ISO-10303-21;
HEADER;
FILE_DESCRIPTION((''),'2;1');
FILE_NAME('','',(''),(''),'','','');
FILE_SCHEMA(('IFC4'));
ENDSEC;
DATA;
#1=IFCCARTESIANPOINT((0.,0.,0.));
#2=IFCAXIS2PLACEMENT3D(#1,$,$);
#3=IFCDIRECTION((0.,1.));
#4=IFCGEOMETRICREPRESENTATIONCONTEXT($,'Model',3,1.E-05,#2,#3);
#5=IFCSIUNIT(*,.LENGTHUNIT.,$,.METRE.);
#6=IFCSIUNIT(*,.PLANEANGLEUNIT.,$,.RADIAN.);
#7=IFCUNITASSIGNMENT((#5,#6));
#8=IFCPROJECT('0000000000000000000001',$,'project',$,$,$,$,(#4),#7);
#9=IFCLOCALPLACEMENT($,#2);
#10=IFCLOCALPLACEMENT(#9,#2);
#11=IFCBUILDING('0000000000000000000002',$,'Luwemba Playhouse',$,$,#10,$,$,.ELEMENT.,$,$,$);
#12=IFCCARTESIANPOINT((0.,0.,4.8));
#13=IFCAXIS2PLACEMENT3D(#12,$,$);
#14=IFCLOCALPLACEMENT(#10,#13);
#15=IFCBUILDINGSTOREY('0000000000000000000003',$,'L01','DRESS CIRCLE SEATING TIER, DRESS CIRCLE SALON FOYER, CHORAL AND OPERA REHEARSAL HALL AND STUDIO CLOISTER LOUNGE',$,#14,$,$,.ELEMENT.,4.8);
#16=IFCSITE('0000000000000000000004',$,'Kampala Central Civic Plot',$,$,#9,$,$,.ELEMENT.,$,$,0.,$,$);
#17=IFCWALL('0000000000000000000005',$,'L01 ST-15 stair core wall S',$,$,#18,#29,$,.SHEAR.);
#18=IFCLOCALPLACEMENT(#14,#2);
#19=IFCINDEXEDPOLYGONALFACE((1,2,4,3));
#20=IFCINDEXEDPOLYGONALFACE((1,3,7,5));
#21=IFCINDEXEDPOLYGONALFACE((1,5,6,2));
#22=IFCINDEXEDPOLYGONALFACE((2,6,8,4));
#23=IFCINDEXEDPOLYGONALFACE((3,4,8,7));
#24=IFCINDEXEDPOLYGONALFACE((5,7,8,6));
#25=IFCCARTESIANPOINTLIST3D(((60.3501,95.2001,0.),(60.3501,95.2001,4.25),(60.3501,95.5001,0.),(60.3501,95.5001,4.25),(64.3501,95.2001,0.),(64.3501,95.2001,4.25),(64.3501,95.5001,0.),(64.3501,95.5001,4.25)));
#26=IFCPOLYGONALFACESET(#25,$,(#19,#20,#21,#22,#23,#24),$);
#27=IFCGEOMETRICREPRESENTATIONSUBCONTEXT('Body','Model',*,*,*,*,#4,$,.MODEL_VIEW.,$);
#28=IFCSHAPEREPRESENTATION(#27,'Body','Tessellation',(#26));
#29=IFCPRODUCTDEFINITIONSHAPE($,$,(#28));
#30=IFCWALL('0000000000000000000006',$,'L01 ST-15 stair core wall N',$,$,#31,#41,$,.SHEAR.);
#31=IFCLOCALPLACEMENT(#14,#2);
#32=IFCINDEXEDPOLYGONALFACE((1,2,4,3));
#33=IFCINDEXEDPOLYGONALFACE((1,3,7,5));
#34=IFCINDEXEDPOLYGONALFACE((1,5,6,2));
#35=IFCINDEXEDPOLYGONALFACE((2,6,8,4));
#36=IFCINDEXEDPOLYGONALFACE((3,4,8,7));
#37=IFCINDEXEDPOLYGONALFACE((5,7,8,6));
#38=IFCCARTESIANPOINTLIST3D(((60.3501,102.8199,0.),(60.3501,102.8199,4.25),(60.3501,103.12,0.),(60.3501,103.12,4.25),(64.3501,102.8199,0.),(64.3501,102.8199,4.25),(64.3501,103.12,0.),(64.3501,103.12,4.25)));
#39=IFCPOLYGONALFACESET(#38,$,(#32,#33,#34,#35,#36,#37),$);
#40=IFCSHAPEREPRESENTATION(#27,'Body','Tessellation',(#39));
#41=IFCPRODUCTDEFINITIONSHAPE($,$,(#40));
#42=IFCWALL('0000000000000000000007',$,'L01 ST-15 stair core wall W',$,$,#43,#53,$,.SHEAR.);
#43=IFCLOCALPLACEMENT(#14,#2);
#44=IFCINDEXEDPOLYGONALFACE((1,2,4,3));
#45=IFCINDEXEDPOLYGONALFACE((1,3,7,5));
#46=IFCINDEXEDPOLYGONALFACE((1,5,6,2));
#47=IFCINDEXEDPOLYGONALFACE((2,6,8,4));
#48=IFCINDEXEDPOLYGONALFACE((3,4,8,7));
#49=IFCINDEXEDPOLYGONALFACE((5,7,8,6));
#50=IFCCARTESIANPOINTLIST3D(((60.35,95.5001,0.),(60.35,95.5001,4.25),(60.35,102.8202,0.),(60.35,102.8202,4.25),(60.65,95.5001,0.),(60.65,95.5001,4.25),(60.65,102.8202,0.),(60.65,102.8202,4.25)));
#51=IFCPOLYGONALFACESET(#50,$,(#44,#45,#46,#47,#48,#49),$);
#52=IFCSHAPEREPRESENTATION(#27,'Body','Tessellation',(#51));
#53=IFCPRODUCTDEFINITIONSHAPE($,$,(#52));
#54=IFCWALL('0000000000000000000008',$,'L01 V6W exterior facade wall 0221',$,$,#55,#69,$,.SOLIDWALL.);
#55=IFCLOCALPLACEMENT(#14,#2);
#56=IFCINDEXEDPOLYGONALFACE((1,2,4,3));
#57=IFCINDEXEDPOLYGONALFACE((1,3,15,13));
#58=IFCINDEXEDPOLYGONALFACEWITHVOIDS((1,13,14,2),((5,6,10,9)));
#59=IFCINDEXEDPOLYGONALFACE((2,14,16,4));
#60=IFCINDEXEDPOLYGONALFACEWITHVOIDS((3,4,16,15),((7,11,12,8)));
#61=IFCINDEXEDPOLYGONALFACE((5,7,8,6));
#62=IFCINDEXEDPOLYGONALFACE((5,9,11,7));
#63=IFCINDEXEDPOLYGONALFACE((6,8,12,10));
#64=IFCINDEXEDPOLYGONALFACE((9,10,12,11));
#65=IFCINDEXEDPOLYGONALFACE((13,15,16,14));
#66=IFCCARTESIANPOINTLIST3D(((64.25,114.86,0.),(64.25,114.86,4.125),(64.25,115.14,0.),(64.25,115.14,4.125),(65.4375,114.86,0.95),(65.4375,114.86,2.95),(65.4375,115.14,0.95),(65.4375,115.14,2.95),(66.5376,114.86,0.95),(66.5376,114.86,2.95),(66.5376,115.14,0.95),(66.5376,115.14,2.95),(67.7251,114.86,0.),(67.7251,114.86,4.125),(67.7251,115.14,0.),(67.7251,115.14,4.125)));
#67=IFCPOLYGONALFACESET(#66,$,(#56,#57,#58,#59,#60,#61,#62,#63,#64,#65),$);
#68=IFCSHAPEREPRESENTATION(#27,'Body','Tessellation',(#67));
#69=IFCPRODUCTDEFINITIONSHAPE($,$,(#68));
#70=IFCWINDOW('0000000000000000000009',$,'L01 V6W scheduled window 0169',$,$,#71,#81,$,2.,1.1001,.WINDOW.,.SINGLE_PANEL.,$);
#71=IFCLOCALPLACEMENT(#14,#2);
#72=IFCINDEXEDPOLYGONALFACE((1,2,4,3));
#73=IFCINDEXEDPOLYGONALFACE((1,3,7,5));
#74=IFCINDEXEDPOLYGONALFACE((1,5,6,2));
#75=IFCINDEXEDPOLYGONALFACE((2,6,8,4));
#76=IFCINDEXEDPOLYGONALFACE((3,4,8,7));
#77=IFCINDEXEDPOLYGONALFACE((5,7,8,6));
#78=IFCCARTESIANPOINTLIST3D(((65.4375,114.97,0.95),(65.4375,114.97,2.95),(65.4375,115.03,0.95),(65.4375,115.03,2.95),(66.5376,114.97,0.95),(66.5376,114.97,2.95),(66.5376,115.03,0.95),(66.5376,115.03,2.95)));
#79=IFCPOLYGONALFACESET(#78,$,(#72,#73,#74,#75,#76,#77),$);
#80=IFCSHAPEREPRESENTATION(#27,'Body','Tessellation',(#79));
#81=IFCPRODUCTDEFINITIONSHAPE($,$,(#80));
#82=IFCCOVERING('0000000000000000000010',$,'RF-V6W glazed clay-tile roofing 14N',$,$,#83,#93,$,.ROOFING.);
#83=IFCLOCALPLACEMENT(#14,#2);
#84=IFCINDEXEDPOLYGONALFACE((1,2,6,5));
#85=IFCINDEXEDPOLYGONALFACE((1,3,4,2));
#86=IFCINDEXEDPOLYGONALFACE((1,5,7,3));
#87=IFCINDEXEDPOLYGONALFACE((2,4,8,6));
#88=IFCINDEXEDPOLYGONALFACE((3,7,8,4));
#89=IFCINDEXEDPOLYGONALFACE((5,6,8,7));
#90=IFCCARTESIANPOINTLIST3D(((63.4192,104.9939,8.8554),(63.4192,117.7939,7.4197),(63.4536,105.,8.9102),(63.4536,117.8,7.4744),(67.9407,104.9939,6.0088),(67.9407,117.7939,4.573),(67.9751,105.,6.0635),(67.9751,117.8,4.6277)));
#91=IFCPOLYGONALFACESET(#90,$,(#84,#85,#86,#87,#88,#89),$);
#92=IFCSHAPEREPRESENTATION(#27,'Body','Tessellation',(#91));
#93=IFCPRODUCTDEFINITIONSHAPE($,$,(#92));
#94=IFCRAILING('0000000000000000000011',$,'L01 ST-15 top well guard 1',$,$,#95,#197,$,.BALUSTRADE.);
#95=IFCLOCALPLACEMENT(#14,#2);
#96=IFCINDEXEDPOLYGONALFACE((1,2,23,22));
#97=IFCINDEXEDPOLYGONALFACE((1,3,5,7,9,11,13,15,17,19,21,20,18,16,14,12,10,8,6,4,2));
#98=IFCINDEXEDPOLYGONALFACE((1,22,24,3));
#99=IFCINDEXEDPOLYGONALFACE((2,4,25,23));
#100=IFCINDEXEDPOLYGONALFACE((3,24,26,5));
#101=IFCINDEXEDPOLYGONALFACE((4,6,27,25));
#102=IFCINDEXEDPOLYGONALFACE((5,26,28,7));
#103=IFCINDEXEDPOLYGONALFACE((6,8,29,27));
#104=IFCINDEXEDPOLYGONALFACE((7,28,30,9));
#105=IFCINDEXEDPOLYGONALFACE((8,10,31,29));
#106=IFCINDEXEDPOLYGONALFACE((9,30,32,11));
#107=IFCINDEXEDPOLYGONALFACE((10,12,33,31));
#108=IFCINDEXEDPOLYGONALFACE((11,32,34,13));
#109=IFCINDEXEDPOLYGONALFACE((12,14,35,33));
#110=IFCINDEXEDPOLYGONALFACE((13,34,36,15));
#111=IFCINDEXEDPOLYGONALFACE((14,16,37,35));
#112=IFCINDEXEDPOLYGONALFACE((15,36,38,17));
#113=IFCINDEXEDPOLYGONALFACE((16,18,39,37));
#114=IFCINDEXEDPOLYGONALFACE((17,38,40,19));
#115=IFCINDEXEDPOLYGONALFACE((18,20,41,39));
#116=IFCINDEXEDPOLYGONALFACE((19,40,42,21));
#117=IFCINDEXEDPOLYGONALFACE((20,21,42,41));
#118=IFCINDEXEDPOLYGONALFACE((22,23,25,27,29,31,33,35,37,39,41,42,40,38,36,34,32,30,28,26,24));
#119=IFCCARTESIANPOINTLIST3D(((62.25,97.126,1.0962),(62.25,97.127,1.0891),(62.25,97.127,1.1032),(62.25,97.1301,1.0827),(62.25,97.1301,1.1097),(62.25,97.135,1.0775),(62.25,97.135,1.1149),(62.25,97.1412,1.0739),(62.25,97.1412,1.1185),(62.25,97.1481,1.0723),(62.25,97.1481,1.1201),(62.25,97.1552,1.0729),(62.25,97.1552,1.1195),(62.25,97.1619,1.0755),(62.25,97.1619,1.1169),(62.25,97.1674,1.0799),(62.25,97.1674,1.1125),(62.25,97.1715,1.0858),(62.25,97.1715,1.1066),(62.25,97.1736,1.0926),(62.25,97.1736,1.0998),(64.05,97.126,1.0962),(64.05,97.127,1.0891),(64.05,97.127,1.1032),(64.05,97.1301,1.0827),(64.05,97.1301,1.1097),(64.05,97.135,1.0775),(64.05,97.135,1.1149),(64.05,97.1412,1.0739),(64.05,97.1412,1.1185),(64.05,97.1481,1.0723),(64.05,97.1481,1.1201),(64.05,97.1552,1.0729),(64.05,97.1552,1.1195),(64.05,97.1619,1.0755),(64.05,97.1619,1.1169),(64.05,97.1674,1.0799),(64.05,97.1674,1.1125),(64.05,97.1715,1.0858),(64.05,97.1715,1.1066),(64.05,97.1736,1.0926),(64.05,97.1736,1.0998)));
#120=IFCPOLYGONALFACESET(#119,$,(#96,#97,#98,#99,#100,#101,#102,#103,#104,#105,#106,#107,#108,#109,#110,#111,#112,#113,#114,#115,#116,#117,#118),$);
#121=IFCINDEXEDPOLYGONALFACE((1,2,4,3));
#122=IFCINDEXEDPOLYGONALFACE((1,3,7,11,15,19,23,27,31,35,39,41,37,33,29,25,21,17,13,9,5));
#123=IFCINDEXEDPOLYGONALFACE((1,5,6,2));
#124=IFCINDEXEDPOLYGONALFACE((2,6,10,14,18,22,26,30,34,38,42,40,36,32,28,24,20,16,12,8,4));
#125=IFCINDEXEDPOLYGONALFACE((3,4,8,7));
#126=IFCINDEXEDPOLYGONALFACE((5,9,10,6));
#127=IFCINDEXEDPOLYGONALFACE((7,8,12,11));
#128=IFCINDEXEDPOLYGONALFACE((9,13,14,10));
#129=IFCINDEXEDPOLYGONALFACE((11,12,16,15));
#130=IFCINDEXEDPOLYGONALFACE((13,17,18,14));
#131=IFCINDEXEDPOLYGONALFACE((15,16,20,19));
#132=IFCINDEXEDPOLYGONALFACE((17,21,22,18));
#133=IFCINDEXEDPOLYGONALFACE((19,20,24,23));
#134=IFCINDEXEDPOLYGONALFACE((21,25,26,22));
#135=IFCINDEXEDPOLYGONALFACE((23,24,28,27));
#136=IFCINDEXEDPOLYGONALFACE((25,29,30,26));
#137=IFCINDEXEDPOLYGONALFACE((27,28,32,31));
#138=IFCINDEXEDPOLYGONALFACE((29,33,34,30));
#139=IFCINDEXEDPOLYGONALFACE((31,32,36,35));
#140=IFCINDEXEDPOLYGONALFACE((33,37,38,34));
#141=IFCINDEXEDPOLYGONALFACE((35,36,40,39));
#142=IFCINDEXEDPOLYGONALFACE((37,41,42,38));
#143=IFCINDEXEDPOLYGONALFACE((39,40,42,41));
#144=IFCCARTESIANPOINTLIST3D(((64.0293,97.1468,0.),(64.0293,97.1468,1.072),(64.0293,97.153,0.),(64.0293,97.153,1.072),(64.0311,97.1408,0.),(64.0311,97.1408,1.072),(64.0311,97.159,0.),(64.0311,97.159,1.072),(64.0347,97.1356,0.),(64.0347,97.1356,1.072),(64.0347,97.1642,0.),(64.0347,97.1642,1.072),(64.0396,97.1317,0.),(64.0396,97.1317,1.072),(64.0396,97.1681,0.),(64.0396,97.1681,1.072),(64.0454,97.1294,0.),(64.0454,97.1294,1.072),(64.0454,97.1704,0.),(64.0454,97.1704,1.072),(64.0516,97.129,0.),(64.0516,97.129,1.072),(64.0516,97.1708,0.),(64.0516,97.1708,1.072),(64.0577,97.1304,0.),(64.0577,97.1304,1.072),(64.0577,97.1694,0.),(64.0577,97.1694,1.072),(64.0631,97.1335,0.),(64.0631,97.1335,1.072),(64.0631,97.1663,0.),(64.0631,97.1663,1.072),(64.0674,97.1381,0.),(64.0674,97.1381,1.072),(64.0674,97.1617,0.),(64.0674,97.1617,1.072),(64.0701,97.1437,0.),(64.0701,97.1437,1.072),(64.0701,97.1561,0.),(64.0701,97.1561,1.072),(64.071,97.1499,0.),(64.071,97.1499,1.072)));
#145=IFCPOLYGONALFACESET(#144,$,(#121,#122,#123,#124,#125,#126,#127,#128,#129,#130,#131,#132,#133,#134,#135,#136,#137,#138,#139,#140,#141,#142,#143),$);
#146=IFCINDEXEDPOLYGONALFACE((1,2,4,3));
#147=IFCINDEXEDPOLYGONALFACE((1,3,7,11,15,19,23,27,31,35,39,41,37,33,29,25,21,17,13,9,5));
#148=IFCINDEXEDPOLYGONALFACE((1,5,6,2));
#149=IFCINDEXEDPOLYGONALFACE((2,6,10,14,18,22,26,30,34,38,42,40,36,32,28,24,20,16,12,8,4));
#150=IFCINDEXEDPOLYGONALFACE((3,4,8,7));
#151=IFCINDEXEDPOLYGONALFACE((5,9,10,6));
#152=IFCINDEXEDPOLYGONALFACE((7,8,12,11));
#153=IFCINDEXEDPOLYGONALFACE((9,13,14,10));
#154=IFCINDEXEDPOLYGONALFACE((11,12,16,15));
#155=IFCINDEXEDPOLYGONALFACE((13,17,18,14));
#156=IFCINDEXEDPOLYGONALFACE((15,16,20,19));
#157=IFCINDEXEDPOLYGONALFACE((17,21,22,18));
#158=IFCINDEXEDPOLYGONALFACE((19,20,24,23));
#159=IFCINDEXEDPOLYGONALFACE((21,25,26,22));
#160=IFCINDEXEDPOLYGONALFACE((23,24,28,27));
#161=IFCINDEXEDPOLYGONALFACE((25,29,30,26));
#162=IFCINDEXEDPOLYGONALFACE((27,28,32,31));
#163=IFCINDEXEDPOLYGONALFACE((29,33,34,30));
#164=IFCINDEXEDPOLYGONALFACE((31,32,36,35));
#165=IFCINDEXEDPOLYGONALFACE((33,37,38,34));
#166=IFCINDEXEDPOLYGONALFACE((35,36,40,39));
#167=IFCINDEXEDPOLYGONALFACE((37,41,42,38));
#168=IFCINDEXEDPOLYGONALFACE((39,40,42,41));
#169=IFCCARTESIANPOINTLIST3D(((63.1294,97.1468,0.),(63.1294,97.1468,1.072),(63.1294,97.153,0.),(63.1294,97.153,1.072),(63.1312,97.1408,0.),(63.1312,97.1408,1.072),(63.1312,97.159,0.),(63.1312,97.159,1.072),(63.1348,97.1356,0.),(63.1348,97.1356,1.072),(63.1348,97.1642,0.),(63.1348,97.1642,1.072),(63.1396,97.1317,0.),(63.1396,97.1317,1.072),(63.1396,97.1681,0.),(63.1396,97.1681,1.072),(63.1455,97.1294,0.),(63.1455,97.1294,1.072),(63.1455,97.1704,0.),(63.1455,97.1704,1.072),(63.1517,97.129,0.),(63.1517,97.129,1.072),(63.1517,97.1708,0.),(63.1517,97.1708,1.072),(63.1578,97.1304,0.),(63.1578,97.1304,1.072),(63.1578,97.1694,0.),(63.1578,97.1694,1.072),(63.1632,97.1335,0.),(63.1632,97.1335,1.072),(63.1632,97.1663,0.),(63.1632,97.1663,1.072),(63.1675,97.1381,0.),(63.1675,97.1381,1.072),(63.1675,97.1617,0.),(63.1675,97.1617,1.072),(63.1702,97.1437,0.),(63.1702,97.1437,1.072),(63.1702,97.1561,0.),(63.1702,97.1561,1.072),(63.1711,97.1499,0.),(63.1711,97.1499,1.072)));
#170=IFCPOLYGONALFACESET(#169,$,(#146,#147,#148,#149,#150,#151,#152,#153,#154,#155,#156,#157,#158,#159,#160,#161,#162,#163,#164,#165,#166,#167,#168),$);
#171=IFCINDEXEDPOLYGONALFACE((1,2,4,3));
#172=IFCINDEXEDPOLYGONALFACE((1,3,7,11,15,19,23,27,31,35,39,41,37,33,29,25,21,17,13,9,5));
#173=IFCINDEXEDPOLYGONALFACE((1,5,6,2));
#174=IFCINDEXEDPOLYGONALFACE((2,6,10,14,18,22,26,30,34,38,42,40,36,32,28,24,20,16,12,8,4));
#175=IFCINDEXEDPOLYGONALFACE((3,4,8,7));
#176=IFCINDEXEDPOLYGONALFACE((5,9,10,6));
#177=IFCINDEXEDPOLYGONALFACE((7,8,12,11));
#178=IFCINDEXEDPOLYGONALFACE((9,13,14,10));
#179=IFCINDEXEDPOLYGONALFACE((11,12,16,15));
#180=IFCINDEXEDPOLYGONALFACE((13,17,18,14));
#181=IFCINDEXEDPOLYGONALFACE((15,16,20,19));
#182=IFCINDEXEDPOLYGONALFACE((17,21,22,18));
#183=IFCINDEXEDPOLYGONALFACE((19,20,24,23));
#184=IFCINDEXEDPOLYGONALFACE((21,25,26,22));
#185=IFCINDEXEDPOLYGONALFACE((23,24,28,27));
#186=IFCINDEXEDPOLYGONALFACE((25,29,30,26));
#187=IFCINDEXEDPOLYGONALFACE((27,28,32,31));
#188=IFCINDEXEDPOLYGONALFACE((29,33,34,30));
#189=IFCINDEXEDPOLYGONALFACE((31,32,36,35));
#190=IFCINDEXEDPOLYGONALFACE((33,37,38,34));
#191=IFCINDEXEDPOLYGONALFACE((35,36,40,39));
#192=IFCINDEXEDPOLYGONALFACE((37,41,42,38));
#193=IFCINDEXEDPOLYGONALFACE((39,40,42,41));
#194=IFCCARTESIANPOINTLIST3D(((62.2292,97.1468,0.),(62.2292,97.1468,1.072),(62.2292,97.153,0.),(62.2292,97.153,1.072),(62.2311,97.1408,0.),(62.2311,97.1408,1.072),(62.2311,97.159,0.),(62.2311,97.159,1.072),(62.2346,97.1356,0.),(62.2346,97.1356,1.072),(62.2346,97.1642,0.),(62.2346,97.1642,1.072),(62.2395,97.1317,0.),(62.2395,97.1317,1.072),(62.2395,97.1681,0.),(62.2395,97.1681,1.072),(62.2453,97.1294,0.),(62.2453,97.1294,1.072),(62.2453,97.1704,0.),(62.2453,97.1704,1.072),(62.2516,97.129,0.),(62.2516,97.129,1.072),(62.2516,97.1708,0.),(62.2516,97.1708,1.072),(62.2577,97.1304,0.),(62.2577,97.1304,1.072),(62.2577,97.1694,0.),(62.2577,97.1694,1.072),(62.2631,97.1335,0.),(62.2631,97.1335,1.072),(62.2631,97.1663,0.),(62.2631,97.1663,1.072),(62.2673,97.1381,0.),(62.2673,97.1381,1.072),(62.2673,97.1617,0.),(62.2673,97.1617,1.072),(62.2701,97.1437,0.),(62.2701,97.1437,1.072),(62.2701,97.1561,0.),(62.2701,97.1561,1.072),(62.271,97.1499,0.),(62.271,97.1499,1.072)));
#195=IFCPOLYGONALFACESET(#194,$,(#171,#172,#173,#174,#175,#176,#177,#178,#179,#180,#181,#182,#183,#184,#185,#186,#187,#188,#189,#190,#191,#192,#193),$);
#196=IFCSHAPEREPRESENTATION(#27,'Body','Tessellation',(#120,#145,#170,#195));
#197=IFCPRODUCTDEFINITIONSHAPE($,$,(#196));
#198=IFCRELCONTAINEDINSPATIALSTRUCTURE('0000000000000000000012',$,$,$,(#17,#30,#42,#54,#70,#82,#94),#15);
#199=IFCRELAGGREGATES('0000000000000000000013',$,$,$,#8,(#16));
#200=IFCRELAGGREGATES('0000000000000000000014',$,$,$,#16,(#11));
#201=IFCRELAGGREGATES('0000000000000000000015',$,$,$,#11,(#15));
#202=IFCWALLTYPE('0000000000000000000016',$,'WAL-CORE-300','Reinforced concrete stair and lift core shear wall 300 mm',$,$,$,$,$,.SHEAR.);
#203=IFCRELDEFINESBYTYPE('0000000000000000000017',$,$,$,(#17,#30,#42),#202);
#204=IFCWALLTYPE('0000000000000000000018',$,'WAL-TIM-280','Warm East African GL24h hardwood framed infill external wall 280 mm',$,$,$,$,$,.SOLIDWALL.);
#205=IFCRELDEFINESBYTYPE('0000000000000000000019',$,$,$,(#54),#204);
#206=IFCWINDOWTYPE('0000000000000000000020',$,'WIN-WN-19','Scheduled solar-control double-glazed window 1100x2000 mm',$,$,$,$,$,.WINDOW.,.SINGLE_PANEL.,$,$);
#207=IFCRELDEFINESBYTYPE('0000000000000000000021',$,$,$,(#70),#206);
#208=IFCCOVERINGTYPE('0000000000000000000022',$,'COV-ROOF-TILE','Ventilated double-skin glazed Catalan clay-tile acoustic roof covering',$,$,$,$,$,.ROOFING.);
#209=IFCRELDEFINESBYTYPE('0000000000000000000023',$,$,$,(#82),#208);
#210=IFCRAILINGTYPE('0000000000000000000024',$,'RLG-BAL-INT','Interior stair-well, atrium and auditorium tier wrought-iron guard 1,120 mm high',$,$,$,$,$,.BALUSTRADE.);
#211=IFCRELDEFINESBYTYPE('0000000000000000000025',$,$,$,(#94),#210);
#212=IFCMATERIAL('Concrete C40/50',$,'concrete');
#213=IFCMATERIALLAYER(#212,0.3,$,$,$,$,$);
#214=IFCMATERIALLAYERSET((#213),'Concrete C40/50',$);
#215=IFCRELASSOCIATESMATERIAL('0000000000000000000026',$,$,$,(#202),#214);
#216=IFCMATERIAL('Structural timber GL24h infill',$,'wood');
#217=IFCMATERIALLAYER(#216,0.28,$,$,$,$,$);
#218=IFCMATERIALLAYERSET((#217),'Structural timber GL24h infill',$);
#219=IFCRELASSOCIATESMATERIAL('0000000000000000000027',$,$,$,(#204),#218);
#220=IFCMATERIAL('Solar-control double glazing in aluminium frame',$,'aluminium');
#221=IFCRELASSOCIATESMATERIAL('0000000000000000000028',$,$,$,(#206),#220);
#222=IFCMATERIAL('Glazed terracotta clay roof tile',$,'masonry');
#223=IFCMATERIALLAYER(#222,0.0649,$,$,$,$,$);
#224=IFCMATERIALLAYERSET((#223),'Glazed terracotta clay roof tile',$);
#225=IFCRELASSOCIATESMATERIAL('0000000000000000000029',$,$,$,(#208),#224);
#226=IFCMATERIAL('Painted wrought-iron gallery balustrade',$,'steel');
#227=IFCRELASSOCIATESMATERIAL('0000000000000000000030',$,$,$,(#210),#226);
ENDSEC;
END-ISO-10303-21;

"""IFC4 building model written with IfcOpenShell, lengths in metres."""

from ifc_helpers import new_model, si_unit, direction, frame, frame_2d, origin, origin_2d, place, context, subcontext, project, spatial, polyline, rectangle, circle, outline, extrude, material, layer, layer_set, type_object, element, fill, save


model = new_model("IFC4")

# Units and contexts
model_context = context("Model", 3, precision=1e-05, world=origin(), true_north=direction((0.0, 1.0)))
body_context = subcontext(model_context, "Body", "Model", "MODEL_VIEW")
ifc_project = project(units=[si_unit("LENGTHUNIT", "METRE"), si_unit("PLANEANGLEUNIT", "RADIAN")], contexts=[model_context])

# Site, building, storey
site_placement = place(None, origin())
site = spatial("IfcSite", under=ifc_project, at=site_placement, Name="Kampala Central Civic Plot", CompositionType="ELEMENT", RefElevation=0.0)
building_placement = place(site_placement, origin())
building = spatial("IfcBuilding", under=site, at=building_placement, Name="Luwemba Playhouse", CompositionType="ELEMENT")
storey_placement = place(building_placement, frame((0.0, 0.0, 4.8)))
storey = spatial("IfcBuildingStorey", under=building, at=storey_placement, Name="L01", Description="DRESS CIRCLE SEATING TIER, DRESS CIRCLE SALON FOYER, CHORAL AND OPERA REHEARSAL HALL AND STUDIO CLOISTER LOUNGE", CompositionType="ELEMENT", Elevation=4.8)

# Shared definitions
ifc_material_1 = material(Name="Concrete C40/50", Category="concrete")

# Shared definitions
ifc_material_2 = material(Name="Solar-control double glazing in aluminium frame", Category="aluminium")

# Walls
ifc_layer_1 = layer(ifc_material_1, 0.3)
ifc_layer_set_1 = layer_set([ifc_layer_1], Name="Concrete C40/50")
wall_type_1 = type_object("IfcWallType", Name="WAL-CORE-300", Description="Reinforced concrete stair and lift core shear wall 300 mm", PredefinedType="SHEAR", material=ifc_layer_set_1)
for number, where, z_axis, x_axis, name in (
    (1, (60.3501, 95.3501, 0.0), (0.0, 0.0, 1.0), (1.0, 0.0, 0.0), "L01 ST-15 stair core wall S"),
    (2, (64.3501, 102.97, 0.0), (0.0, 0.0, 1.0), (-1.0, 0.0, 0.0), "L01 ST-15 stair core wall N"),
):
    element("IfcWall", number, at=place(storey_placement, frame(where, z_axis=z_axis, x_axis=x_axis)), inside=storey, type_object=wall_type_1, Name=name, PredefinedType="SHEAR", context=body_context, shape_type="SweptSolid", body=[
        extrude(rectangle(XDim=4.0, YDim=0.3, at=frame_2d((2.0, 0.0))), origin(), (0.0, 0.0, 1.0), 4.25),
    ])
wall_1_placement = place(storey_placement, frame((60.5, 95.5, 0.0), z_axis=(0.0, 0.0, 1.0), x_axis=(0.0, 1.0, 0.0)))
element("IfcWall", 3, at=wall_1_placement, inside=storey, type_object=wall_type_1, Name="L01 ST-15 stair core wall W", PredefinedType="SHEAR", context=body_context, shape_type="SweptSolid", body=[
    extrude(rectangle(XDim=7.3201, YDim=0.3, at=frame_2d((3.6602, 0.0))), origin(), (0.0, 0.0, 1.0), 4.25),
])

# Wall, opening, window
ifc_material_3 = material(Name="Structural timber GL24h infill", Category="wood")
ifc_layer_2 = layer(ifc_material_3, 0.28)
ifc_layer_set_2 = layer_set([ifc_layer_2], Name="Structural timber GL24h infill")
wall_type_2 = type_object("IfcWallType", Name="WAL-TIM-280", Description="Warm East African GL24h hardwood framed infill external wall 280 mm", PredefinedType="SOLIDWALL", material=ifc_layer_set_2)
wall_2_placement = place(storey_placement, frame((64.25, 115.0, 0.0), z_axis=(0.0, 0.0, 1.0), x_axis=(1.0, 0.0, 0.0)))
wall_2 = element("IfcWall", 4, at=wall_2_placement, inside=storey, type_object=wall_type_2, Name="L01 V6W exterior facade wall 0221", PredefinedType="SOLIDWALL", context=body_context, shape_type="SweptSolid", body=[
    extrude(rectangle(XDim=3.4751, YDim=0.28, at=frame_2d((1.7375, 0.0))), origin(), (0.0, 0.0, 1.0), 4.125),
])
opening_1_placement = place(wall_2_placement, frame((1.1875, 0.0, 0.95)))
opening_1 = element("IfcOpeningElement", 5, at=opening_1_placement, cuts=wall_2, PredefinedType="OPENING", context=body_context, shape_type="SweptSolid", body=[
    extrude(rectangle(XDim=1.1001, YDim=2.0, at=frame_2d((0.55, 1.0))), frame((0.0, 0.1499, 0.0), z_axis=(0.0, -1.0, 0.0), x_axis=(1.0, 0.0, 0.0)), (0.0, 0.0, 1.0), 0.3),
])
window_type_1 = type_object("IfcWindowType", Name="WIN-WN-19", Description="Scheduled solar-control double-glazed window 1100x2000 mm", PartitioningType="SINGLE_PANEL", PredefinedType="WINDOW", material=ifc_material_2)
window_1_placement = place(opening_1_placement, origin())
window_1 = element("IfcWindow", 6, at=window_1_placement, inside=storey, type_object=window_type_1, Name="L01 V6W scheduled window 0169", OverallHeight=2.0, OverallWidth=1.1001, PartitioningType="SINGLE_PANEL", PredefinedType="WINDOW", context=body_context, shape_type="SweptSolid", body=[
    extrude(rectangle(XDim=1.1001, YDim=2.0, at=frame_2d((0.55, 1.0))), frame((0.0, 0.03, 0.0), z_axis=(0.0, -1.0, 0.0), x_axis=(1.0, 0.0, 0.0)), (0.0, 0.0, 1.0), 0.0601),
])
fill(opening_1, window_1)

# Covering
ifc_material_4 = material(Name="Glazed terracotta clay roof tile", Category="masonry")
ifc_layer_3 = layer(ifc_material_4, 0.0649)
ifc_layer_set_3 = layer_set([ifc_layer_3], Name="Glazed terracotta clay roof tile")
covering_type = type_object("IfcCoveringType", Name="COV-ROOF-TILE", Description="Ventilated double-skin glazed Catalan clay-tile acoustic roof covering", PredefinedType="ROOFING", material=ifc_layer_set_3)
covering_placement = place(storey_placement, frame((63.4536, 105.0, 8.9102), z_axis=(0.530405, 0.094499, 0.842461), x_axis=(0.846248, 0.0, -0.532789)))
element("IfcCovering", 7, at=covering_placement, inside=storey, type_object=covering_type, Name="RF-V6W glazed clay-tile roofing 14N", PredefinedType="ROOFING", context=body_context, shape_type="SweptSolid", body=[
    extrude(outline(polyline([(0.0, 0.0), (5.343, 0.0), (6.108, 12.8576), (0.765, 12.8576), (0.0, 0.0)])), origin(), (0.0, 0.0, -1.0), 0.0649),
])

# Railing
ifc_material_5 = material(Name="Painted wrought-iron gallery balustrade", Category="steel")
railing_type = type_object("IfcRailingType", Name="RLG-BAL-INT", Description="Interior stair-well, atrium and auditorium tier wrought-iron guard 1,120 mm high", PredefinedType="BALUSTRADE", material=ifc_material_5)
railing_placement = place(storey_placement, frame((64.05, 97.1499, 0.0)))
element("IfcRailing", 8, at=railing_placement, inside=storey, type_object=railing_type, Name="L01 ST-15 top well guard 1", PredefinedType="BALUSTRADE", context=body_context, shape_type="SweptSolid", body=[
    extrude(circle(Radius=0.0239, at=origin_2d()), frame((0.0, 0.0, 1.0962), z_axis=(-1.0, 0.0, 0.0), x_axis=(0.0, -1.0, 0.0)), (0.0, 0.0, 1.0), 1.8),
    extrude(circle(Radius=0.021, at=origin_2d()), origin(), (0.0, 0.0, 1.0), 1.072),
    extrude(circle(Radius=0.021, at=origin_2d()), frame((-0.8999, 0.0, 0.0)), (0.0, 0.0, 1.0), 1.072),
    extrude(circle(Radius=0.021, at=origin_2d()), frame((-1.8, 0.0, 0.0)), (0.0, 0.0, 1.0), 1.072),
])

save(model, "model.ifc")
